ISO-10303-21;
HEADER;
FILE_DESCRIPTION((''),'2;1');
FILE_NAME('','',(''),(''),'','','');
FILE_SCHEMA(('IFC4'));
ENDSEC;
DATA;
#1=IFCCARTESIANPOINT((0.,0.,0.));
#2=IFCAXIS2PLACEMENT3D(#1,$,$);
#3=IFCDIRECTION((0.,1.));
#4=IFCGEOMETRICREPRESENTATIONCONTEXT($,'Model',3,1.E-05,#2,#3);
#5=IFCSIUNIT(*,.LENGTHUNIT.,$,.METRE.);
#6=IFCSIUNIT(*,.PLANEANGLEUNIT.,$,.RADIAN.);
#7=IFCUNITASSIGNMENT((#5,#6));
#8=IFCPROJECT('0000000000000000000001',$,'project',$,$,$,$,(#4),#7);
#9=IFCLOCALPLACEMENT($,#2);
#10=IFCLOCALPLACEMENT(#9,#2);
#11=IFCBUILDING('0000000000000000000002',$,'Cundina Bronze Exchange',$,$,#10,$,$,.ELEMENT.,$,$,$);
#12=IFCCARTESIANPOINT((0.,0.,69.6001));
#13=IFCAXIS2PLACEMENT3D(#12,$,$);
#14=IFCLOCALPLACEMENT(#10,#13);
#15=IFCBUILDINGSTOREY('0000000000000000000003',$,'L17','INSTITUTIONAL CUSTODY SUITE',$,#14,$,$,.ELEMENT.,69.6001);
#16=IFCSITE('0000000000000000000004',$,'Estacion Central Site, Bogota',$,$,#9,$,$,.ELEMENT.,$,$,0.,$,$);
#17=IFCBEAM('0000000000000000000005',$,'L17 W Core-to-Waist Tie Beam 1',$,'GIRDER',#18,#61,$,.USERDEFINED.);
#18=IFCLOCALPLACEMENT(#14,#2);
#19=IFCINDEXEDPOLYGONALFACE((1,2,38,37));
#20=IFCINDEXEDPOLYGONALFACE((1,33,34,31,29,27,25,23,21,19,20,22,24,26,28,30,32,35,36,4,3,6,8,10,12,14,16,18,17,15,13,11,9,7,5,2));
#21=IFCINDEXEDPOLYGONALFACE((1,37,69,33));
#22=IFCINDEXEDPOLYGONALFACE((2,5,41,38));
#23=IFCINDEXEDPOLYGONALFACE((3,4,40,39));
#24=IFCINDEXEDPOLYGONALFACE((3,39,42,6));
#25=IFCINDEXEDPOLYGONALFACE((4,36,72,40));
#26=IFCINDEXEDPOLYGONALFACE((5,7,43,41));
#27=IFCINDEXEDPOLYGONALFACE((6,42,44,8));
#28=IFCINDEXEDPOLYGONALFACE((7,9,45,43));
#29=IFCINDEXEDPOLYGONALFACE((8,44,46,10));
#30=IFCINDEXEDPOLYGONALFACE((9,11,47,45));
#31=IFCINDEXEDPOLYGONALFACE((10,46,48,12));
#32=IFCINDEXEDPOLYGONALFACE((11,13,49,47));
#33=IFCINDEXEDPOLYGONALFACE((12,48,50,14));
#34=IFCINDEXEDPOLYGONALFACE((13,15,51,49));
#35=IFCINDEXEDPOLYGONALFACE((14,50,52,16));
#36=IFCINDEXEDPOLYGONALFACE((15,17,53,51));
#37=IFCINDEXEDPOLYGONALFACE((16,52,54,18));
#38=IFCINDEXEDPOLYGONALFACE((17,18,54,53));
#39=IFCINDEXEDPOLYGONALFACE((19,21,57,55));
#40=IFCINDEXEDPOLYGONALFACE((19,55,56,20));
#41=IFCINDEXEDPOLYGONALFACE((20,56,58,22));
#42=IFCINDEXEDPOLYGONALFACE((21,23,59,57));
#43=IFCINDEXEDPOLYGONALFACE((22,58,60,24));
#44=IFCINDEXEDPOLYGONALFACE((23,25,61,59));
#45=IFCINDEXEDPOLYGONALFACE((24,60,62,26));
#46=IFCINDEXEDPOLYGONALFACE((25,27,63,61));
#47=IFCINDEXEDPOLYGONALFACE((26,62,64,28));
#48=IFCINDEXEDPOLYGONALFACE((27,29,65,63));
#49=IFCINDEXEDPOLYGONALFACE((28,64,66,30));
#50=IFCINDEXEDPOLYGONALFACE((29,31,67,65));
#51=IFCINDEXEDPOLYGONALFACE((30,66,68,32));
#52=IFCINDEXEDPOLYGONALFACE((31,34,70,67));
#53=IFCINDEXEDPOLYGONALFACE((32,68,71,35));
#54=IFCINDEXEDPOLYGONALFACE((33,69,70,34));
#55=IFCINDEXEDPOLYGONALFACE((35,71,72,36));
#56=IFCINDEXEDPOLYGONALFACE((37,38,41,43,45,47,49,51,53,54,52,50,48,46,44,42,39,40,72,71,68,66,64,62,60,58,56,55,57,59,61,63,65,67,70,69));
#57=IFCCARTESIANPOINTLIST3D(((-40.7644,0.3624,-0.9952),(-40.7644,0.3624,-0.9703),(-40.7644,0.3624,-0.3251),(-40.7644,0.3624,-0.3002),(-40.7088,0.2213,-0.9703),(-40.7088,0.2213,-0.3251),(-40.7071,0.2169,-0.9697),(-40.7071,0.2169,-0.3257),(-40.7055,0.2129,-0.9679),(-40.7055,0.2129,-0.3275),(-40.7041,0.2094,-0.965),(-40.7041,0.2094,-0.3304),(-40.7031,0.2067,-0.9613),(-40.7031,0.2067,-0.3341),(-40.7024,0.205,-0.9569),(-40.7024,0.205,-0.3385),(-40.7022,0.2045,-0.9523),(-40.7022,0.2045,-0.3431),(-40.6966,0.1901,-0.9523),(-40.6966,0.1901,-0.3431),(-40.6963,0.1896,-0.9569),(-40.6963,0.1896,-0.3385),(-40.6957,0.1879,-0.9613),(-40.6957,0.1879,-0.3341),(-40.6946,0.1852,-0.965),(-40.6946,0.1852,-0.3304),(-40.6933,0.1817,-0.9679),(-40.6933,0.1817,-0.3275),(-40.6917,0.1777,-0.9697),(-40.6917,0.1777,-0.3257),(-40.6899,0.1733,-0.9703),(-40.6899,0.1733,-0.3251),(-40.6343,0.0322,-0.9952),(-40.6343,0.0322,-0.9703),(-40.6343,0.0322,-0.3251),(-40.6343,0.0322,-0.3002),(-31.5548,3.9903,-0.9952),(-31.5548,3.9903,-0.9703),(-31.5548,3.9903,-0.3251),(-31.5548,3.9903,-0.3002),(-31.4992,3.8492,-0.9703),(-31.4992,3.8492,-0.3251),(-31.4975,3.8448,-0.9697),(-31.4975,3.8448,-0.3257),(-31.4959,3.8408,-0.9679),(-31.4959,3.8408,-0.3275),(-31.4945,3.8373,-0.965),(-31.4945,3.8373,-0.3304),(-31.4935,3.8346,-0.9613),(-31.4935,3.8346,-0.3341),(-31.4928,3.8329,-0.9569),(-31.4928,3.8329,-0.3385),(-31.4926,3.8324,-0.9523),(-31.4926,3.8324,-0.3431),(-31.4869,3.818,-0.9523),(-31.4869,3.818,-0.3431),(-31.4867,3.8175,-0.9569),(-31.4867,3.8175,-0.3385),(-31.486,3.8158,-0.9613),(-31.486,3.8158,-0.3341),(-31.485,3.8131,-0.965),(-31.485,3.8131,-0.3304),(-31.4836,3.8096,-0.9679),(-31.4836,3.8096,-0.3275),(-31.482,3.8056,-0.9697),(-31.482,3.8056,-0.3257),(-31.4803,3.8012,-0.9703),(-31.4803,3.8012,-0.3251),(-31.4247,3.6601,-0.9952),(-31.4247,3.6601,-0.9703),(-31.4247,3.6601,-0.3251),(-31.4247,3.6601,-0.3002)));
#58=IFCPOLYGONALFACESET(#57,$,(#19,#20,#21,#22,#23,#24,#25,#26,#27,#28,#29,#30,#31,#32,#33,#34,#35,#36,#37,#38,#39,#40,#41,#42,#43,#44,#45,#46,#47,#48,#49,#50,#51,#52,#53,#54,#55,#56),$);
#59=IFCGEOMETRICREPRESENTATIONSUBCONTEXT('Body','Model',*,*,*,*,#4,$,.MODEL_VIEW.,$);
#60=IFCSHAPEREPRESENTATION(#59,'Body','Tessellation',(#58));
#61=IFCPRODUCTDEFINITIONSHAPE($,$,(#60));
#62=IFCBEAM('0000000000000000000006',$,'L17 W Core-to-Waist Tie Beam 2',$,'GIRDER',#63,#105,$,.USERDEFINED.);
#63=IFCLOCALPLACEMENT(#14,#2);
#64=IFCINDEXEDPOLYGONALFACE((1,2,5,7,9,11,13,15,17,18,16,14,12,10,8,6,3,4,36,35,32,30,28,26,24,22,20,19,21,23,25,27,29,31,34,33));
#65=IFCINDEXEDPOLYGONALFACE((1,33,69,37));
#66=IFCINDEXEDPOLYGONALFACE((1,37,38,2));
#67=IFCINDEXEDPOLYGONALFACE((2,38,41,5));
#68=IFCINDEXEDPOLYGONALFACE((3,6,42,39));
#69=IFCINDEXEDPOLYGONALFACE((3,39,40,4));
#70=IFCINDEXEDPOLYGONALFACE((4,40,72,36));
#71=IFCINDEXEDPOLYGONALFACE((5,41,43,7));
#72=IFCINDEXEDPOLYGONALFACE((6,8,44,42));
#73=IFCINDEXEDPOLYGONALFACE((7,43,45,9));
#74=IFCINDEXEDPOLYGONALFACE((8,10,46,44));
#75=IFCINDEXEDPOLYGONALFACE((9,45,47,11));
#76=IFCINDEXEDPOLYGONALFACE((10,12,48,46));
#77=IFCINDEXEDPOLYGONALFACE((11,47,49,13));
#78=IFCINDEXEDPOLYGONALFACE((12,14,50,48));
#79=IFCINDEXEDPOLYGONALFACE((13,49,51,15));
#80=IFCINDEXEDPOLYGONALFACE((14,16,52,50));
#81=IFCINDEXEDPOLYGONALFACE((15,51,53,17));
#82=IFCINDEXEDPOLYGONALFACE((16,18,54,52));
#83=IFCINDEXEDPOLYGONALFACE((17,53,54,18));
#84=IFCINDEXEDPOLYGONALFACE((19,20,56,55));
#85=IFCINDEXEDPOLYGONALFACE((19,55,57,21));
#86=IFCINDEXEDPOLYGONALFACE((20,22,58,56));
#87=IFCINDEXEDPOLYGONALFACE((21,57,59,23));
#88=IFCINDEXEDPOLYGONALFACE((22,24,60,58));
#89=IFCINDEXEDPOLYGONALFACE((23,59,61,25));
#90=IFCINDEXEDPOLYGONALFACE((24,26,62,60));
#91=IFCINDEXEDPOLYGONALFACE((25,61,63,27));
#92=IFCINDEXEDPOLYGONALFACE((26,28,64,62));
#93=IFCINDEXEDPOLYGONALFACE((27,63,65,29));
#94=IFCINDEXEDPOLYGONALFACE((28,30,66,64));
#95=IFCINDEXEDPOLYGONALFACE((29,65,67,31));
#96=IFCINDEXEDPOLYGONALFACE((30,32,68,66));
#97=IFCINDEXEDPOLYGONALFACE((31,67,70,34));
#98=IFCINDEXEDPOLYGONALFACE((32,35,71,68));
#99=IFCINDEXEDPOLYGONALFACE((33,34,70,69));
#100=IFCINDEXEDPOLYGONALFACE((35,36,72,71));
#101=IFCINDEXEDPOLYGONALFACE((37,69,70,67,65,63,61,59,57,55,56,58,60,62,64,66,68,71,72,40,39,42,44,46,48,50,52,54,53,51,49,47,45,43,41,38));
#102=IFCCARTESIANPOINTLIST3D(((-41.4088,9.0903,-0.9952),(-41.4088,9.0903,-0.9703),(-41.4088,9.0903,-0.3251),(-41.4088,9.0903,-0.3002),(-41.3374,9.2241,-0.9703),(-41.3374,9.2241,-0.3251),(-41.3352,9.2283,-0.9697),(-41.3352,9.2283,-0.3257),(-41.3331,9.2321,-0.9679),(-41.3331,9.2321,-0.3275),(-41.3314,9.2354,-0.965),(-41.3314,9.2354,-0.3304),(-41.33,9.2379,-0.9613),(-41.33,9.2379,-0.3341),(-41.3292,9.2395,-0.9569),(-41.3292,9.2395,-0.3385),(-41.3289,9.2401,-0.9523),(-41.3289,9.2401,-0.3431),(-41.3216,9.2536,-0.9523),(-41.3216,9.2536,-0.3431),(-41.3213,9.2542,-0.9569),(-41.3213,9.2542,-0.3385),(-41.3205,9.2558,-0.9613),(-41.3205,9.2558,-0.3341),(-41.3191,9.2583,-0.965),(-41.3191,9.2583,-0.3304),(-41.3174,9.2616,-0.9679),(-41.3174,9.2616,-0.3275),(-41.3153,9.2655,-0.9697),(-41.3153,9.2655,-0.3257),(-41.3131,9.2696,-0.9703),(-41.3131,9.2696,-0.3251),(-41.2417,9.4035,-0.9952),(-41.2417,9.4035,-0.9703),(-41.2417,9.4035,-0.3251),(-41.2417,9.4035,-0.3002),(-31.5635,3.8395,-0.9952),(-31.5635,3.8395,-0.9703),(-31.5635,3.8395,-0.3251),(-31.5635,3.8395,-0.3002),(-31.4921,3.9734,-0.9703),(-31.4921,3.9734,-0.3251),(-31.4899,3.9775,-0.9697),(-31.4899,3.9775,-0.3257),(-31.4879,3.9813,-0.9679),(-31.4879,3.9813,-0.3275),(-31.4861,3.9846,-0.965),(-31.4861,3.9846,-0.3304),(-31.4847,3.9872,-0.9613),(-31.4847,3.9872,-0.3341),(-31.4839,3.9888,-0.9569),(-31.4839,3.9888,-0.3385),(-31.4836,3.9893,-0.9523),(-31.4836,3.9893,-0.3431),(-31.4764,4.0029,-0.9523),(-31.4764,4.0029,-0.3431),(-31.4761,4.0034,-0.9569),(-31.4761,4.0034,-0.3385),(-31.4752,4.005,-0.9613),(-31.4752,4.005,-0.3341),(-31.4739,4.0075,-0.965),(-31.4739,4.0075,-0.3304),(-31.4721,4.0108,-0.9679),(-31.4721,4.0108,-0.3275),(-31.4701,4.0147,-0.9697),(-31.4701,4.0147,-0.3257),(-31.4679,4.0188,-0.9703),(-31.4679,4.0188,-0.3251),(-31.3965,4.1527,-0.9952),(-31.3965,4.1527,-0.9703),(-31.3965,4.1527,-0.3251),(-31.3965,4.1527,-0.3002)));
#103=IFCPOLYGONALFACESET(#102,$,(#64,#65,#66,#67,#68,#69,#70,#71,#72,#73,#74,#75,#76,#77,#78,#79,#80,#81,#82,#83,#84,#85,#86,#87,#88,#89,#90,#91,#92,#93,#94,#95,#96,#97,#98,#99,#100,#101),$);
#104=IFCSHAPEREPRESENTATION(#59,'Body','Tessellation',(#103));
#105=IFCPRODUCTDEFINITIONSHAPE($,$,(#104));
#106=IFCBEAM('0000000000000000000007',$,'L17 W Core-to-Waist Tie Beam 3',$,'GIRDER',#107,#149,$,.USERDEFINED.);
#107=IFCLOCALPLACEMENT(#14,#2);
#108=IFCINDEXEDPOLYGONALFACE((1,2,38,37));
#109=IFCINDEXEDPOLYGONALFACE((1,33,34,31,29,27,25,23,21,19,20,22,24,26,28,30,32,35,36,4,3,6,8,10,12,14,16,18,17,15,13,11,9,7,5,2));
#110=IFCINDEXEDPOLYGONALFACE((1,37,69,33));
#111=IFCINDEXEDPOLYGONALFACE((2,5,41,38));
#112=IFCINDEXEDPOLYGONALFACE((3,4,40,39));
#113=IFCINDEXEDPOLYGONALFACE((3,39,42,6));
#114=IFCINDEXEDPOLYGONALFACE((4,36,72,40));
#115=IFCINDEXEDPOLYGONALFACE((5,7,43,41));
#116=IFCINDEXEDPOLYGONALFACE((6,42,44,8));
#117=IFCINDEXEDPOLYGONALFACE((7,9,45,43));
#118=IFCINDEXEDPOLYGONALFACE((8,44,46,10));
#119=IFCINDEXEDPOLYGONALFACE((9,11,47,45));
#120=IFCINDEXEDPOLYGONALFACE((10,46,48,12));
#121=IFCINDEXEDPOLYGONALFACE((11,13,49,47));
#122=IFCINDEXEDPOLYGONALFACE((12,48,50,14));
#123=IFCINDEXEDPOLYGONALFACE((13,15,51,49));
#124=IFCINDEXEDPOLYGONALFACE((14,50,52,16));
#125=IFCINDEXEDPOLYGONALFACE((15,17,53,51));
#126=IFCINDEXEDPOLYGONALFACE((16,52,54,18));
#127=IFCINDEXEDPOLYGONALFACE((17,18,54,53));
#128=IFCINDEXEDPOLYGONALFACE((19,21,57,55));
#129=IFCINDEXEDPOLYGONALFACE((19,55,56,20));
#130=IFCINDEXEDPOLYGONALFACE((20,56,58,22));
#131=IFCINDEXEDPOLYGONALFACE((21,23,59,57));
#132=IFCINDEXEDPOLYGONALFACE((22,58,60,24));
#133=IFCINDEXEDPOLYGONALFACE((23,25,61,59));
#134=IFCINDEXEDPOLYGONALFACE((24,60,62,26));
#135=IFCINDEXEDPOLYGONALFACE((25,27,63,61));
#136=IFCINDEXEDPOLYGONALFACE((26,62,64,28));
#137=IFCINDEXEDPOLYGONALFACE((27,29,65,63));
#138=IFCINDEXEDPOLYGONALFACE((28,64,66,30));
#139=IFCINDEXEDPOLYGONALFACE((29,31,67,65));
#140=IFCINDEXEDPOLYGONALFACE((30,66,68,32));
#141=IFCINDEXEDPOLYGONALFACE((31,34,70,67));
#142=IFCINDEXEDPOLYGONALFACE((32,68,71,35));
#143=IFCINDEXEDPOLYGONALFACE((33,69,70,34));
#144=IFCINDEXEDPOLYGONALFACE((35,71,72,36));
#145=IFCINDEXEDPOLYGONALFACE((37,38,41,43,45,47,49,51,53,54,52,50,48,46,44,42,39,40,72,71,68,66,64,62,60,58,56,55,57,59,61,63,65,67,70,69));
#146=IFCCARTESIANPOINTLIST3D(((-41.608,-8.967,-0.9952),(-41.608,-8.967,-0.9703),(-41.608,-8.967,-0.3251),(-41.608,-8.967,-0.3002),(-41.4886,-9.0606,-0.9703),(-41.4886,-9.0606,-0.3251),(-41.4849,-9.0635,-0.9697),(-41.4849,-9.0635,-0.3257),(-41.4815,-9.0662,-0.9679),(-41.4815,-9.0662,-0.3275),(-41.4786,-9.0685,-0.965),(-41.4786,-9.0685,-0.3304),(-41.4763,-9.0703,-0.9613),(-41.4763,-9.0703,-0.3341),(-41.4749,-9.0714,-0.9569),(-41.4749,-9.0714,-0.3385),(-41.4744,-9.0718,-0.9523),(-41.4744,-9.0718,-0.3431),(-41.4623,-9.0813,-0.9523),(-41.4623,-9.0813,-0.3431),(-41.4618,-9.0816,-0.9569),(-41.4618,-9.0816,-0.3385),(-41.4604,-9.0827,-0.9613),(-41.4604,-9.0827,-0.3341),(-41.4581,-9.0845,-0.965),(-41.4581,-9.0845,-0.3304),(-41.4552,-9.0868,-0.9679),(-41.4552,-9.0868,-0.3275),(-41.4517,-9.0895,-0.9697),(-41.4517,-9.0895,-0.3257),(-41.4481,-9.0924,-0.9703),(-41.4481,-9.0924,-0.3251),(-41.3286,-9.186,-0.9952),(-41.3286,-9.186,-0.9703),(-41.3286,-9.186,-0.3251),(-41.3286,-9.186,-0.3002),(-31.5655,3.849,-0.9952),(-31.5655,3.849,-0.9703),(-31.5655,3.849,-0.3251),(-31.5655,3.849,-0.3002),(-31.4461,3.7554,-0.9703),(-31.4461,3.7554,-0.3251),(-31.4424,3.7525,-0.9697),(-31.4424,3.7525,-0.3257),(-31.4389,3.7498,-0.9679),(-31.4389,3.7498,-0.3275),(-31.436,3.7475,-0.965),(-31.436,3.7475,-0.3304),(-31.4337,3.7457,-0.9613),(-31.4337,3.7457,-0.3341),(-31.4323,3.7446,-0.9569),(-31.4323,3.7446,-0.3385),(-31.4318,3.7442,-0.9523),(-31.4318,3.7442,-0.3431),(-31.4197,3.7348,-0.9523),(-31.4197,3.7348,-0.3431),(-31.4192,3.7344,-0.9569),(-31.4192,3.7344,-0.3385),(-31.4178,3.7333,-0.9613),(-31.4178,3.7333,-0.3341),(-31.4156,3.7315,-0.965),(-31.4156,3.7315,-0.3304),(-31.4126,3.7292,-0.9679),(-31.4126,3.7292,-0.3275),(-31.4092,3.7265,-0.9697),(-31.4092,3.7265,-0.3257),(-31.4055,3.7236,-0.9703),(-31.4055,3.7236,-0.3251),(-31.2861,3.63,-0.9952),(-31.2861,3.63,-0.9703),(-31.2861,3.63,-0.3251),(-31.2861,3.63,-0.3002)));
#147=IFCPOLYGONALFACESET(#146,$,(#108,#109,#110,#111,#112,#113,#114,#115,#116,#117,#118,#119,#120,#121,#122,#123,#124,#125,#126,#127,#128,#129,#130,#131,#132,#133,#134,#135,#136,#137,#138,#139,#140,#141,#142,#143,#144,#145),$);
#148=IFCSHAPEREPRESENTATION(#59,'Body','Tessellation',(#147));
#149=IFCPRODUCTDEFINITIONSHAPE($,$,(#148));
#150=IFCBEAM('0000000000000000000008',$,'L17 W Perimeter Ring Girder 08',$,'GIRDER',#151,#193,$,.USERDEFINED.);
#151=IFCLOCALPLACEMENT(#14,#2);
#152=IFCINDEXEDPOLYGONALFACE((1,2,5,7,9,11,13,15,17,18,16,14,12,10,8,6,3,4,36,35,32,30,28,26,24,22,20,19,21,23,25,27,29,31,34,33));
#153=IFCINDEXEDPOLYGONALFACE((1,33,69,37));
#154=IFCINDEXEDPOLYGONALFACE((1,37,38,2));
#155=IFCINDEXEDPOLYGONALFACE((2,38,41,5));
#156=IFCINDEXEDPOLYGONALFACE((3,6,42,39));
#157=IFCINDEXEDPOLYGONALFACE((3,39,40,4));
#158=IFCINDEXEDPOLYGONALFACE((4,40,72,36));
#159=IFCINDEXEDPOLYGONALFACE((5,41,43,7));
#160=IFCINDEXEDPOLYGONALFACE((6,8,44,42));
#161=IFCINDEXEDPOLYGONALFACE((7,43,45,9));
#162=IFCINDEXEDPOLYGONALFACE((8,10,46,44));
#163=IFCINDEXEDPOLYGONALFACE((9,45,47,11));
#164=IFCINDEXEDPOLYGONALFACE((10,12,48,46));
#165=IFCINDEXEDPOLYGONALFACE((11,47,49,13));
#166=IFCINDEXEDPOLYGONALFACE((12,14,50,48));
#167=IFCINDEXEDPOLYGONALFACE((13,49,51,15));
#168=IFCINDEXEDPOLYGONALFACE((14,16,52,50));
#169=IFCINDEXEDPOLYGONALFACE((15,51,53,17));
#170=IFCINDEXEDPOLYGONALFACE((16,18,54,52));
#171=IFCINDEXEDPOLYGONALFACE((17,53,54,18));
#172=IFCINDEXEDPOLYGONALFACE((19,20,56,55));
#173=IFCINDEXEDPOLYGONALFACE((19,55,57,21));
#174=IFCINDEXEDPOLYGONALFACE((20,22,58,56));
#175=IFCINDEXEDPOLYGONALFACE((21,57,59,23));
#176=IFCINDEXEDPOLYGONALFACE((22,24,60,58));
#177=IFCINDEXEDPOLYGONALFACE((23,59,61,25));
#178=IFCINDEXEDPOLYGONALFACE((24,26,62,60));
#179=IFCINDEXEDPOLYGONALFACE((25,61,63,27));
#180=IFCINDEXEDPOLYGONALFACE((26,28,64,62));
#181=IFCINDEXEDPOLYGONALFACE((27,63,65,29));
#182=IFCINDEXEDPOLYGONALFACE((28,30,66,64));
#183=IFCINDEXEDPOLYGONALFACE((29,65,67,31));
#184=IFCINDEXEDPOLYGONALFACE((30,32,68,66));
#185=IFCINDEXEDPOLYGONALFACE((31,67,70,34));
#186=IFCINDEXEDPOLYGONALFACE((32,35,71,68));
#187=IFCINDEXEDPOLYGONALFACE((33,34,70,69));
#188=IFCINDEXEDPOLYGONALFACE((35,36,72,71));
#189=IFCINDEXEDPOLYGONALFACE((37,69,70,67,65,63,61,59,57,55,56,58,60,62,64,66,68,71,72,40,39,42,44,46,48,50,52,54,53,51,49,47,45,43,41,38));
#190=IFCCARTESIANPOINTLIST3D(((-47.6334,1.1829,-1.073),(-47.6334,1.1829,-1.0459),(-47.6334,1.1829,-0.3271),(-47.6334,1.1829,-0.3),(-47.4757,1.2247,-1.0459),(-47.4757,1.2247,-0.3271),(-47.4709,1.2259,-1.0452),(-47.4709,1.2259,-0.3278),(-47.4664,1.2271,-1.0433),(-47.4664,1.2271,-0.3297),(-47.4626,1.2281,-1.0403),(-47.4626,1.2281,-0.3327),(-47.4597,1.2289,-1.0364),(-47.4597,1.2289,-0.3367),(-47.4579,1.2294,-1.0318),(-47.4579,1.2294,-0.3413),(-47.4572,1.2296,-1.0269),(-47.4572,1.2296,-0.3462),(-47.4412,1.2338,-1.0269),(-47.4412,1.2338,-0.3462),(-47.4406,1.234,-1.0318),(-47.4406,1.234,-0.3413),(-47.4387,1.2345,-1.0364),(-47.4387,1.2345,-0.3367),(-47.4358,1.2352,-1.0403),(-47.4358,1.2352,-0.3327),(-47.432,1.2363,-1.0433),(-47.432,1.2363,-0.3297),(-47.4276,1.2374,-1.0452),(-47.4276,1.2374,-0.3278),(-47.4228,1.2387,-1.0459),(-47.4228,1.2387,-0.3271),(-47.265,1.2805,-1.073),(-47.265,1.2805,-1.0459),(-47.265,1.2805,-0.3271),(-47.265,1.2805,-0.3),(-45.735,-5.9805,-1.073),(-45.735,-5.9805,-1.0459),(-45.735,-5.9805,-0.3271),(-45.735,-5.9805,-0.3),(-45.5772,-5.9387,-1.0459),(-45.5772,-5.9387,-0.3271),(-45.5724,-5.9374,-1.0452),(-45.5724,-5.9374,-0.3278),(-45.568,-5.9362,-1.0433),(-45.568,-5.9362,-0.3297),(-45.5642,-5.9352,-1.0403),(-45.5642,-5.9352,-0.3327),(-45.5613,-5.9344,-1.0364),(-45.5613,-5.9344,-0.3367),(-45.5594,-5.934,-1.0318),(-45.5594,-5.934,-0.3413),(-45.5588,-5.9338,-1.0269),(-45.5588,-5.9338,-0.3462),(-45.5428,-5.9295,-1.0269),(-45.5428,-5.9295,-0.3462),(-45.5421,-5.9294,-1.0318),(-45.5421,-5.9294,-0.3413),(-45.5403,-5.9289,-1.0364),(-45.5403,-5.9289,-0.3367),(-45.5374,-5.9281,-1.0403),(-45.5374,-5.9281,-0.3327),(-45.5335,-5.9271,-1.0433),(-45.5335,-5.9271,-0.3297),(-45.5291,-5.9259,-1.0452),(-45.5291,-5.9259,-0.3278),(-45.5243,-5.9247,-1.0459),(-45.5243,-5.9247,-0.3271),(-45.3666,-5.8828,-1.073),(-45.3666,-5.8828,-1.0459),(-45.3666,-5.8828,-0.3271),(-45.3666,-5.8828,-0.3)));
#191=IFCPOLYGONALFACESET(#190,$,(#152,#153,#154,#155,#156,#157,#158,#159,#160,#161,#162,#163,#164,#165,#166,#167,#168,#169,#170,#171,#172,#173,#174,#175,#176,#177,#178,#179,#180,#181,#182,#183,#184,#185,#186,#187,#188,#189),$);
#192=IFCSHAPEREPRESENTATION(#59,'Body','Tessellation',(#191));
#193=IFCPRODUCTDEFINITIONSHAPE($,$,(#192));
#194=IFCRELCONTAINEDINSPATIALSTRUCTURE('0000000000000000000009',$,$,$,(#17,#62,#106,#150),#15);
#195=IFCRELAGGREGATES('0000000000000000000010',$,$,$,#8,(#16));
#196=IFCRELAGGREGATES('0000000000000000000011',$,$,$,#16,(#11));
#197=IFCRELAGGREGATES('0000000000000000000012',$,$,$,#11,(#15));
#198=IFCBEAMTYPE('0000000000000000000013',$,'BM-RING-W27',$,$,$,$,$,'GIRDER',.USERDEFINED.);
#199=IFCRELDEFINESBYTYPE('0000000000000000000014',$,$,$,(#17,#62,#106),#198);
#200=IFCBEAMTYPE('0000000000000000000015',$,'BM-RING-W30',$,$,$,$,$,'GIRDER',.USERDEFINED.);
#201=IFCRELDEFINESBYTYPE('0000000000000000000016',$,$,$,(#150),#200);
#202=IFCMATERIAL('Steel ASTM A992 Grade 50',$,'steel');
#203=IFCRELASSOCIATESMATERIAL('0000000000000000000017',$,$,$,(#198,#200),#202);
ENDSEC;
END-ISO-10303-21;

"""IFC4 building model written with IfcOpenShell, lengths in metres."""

from ifc_helpers import new_model, si_unit, direction, frame, origin, origin_2d, place, context, subcontext, project, spatial, i_section, extrude, material, material_profile, profile_set, type_object, element, save


model = new_model("IFC4")

# Units and contexts
model_context = context("Model", 3, precision=1e-05, world=origin(), true_north=direction((0.0, 1.0)))
body_context = subcontext(model_context, "Body", "Model", "MODEL_VIEW")
ifc_project = project(units=[si_unit("LENGTHUNIT", "METRE"), si_unit("PLANEANGLEUNIT", "RADIAN")], contexts=[model_context])

# Site, building, storey
site_placement = place(None, origin())
site = spatial("IfcSite", under=ifc_project, at=site_placement, Name="Estacion Central Site, Bogota", CompositionType="ELEMENT", RefElevation=0.0)
building_placement = place(site_placement, origin())
building = spatial("IfcBuilding", under=site, at=building_placement, Name="Cundina Bronze Exchange", CompositionType="ELEMENT")
storey_placement = place(building_placement, frame((0.0, 0.0, 69.6001)))
storey = spatial("IfcBuildingStorey", under=building, at=storey_placement, Name="L17", Description="INSTITUTIONAL CUSTODY SUITE", CompositionType="ELEMENT", Elevation=69.6001)

# Shared definitions
ifc_material_1 = material(Name="Steel ASTM A992 Grade 50", Category="steel")

# Beams
ifc_material_profile_1 = material_profile(ifc_material_1, i_section(OverallWidth=0.355, OverallDepth=0.6951, WebThickness=0.0154, FlangeThickness=0.0249, FilletRadius=0.0181, at=origin_2d()), Name="W27X146", Category="steel")
ifc_profile_set_1 = profile_set([ifc_material_profile_1], Name="Steel ASTM A992 Grade 50")
beam_type_1 = type_object("IfcBeamType", Name="BM-RING-W27", ElementType="GIRDER", PredefinedType="USERDEFINED", material=ifc_profile_set_1)
beam_1_placement = place(storey_placement, frame((-31.4897, 3.8252, -0.6477), z_axis=(-0.930413, -0.366512, 0.0), x_axis=(0.366512, -0.930413, 0.0)))
element("IfcBeam", 1, at=beam_1_placement, inside=storey, type_object=beam_type_1, Name="L17 W Core-to-Waist Tie Beam 1", ObjectType="GIRDER", PredefinedType="USERDEFINED", context=body_context, shape_type="SweptSolid", body=[
    extrude(i_section(OverallWidth=0.355, OverallDepth=0.6951, WebThickness=0.0154, FlangeThickness=0.0249, FilletRadius=0.0181, at=origin_2d()), origin(), (0.0, 0.0, 1.0), 9.8984),
])
beam_2_placement = place(storey_placement, frame((-31.48, 3.9961, -0.6477), z_axis=(-0.882355, 0.470585, 0.0), x_axis=(-0.470585, -0.882355, 0.0)))
element("IfcBeam", 2, at=beam_2_placement, inside=storey, type_object=beam_type_1, Name="L17 W Core-to-Waist Tie Beam 2", ObjectType="GIRDER", PredefinedType="USERDEFINED", context=body_context, shape_type="SweptSolid", body=[
    extrude(i_section(OverallWidth=0.355, OverallDepth=0.6951, WebThickness=0.0154, FlangeThickness=0.0249, FilletRadius=0.0181, at=origin_2d()), origin(), (0.0, 0.0, 1.0), 11.158),
])
beam_3_placement = place(storey_placement, frame((-31.4258, 3.7395, -0.6477), z_axis=(-0.616789, -0.787128, 0.0), x_axis=(0.787128, -0.616789, 0.0)))
element("IfcBeam", 3, at=beam_3_placement, inside=storey, type_object=beam_type_1, Name="L17 W Core-to-Waist Tie Beam 3", ObjectType="GIRDER", PredefinedType="USERDEFINED", context=body_context, shape_type="SweptSolid", body=[
    extrude(i_section(OverallWidth=0.355, OverallDepth=0.6951, WebThickness=0.0154, FlangeThickness=0.0249, FilletRadius=0.0181, at=origin_2d()), origin(), (0.0, 0.0, 1.0), 16.282),
])
ifc_material_profile_2 = material_profile(ifc_material_1, i_section(OverallWidth=0.3811, OverallDepth=0.7729, WebThickness=0.0166, FlangeThickness=0.0271, FilletRadius=0.019, at=origin_2d()), Name="W30X173", Category="steel")
ifc_profile_set_2 = profile_set([ifc_material_profile_2], Name="Steel ASTM A992 Grade 50")
beam_type_2 = type_object("IfcBeamType", Name="BM-RING-W30", ElementType="GIRDER", PredefinedType="USERDEFINED", material=ifc_profile_set_2)
for number, where, z_axis, x_axis, name in (
    (4, (-47.4492, 1.2317, -0.6865), (0.256178, -0.96663, 0.0), (0.96663, 0.256178, 0.0), "L17 W Perimeter Ring Girder 08"),
):
    element("IfcBeam", number, at=place(storey_placement, frame(where, z_axis=z_axis, x_axis=x_axis)), inside=storey, type_object=beam_type_2, Name=name, ObjectType="GIRDER", PredefinedType="USERDEFINED", context=body_context, shape_type="SweptSolid", body=[
        extrude(i_section(OverallWidth=0.3811, OverallDepth=0.7729, WebThickness=0.0166, FlangeThickness=0.0271, FilletRadius=0.019, at=origin_2d()), origin(), (0.0, 0.0, 1.0), 7.4106),
    ])

save(model, "model.ifc")
